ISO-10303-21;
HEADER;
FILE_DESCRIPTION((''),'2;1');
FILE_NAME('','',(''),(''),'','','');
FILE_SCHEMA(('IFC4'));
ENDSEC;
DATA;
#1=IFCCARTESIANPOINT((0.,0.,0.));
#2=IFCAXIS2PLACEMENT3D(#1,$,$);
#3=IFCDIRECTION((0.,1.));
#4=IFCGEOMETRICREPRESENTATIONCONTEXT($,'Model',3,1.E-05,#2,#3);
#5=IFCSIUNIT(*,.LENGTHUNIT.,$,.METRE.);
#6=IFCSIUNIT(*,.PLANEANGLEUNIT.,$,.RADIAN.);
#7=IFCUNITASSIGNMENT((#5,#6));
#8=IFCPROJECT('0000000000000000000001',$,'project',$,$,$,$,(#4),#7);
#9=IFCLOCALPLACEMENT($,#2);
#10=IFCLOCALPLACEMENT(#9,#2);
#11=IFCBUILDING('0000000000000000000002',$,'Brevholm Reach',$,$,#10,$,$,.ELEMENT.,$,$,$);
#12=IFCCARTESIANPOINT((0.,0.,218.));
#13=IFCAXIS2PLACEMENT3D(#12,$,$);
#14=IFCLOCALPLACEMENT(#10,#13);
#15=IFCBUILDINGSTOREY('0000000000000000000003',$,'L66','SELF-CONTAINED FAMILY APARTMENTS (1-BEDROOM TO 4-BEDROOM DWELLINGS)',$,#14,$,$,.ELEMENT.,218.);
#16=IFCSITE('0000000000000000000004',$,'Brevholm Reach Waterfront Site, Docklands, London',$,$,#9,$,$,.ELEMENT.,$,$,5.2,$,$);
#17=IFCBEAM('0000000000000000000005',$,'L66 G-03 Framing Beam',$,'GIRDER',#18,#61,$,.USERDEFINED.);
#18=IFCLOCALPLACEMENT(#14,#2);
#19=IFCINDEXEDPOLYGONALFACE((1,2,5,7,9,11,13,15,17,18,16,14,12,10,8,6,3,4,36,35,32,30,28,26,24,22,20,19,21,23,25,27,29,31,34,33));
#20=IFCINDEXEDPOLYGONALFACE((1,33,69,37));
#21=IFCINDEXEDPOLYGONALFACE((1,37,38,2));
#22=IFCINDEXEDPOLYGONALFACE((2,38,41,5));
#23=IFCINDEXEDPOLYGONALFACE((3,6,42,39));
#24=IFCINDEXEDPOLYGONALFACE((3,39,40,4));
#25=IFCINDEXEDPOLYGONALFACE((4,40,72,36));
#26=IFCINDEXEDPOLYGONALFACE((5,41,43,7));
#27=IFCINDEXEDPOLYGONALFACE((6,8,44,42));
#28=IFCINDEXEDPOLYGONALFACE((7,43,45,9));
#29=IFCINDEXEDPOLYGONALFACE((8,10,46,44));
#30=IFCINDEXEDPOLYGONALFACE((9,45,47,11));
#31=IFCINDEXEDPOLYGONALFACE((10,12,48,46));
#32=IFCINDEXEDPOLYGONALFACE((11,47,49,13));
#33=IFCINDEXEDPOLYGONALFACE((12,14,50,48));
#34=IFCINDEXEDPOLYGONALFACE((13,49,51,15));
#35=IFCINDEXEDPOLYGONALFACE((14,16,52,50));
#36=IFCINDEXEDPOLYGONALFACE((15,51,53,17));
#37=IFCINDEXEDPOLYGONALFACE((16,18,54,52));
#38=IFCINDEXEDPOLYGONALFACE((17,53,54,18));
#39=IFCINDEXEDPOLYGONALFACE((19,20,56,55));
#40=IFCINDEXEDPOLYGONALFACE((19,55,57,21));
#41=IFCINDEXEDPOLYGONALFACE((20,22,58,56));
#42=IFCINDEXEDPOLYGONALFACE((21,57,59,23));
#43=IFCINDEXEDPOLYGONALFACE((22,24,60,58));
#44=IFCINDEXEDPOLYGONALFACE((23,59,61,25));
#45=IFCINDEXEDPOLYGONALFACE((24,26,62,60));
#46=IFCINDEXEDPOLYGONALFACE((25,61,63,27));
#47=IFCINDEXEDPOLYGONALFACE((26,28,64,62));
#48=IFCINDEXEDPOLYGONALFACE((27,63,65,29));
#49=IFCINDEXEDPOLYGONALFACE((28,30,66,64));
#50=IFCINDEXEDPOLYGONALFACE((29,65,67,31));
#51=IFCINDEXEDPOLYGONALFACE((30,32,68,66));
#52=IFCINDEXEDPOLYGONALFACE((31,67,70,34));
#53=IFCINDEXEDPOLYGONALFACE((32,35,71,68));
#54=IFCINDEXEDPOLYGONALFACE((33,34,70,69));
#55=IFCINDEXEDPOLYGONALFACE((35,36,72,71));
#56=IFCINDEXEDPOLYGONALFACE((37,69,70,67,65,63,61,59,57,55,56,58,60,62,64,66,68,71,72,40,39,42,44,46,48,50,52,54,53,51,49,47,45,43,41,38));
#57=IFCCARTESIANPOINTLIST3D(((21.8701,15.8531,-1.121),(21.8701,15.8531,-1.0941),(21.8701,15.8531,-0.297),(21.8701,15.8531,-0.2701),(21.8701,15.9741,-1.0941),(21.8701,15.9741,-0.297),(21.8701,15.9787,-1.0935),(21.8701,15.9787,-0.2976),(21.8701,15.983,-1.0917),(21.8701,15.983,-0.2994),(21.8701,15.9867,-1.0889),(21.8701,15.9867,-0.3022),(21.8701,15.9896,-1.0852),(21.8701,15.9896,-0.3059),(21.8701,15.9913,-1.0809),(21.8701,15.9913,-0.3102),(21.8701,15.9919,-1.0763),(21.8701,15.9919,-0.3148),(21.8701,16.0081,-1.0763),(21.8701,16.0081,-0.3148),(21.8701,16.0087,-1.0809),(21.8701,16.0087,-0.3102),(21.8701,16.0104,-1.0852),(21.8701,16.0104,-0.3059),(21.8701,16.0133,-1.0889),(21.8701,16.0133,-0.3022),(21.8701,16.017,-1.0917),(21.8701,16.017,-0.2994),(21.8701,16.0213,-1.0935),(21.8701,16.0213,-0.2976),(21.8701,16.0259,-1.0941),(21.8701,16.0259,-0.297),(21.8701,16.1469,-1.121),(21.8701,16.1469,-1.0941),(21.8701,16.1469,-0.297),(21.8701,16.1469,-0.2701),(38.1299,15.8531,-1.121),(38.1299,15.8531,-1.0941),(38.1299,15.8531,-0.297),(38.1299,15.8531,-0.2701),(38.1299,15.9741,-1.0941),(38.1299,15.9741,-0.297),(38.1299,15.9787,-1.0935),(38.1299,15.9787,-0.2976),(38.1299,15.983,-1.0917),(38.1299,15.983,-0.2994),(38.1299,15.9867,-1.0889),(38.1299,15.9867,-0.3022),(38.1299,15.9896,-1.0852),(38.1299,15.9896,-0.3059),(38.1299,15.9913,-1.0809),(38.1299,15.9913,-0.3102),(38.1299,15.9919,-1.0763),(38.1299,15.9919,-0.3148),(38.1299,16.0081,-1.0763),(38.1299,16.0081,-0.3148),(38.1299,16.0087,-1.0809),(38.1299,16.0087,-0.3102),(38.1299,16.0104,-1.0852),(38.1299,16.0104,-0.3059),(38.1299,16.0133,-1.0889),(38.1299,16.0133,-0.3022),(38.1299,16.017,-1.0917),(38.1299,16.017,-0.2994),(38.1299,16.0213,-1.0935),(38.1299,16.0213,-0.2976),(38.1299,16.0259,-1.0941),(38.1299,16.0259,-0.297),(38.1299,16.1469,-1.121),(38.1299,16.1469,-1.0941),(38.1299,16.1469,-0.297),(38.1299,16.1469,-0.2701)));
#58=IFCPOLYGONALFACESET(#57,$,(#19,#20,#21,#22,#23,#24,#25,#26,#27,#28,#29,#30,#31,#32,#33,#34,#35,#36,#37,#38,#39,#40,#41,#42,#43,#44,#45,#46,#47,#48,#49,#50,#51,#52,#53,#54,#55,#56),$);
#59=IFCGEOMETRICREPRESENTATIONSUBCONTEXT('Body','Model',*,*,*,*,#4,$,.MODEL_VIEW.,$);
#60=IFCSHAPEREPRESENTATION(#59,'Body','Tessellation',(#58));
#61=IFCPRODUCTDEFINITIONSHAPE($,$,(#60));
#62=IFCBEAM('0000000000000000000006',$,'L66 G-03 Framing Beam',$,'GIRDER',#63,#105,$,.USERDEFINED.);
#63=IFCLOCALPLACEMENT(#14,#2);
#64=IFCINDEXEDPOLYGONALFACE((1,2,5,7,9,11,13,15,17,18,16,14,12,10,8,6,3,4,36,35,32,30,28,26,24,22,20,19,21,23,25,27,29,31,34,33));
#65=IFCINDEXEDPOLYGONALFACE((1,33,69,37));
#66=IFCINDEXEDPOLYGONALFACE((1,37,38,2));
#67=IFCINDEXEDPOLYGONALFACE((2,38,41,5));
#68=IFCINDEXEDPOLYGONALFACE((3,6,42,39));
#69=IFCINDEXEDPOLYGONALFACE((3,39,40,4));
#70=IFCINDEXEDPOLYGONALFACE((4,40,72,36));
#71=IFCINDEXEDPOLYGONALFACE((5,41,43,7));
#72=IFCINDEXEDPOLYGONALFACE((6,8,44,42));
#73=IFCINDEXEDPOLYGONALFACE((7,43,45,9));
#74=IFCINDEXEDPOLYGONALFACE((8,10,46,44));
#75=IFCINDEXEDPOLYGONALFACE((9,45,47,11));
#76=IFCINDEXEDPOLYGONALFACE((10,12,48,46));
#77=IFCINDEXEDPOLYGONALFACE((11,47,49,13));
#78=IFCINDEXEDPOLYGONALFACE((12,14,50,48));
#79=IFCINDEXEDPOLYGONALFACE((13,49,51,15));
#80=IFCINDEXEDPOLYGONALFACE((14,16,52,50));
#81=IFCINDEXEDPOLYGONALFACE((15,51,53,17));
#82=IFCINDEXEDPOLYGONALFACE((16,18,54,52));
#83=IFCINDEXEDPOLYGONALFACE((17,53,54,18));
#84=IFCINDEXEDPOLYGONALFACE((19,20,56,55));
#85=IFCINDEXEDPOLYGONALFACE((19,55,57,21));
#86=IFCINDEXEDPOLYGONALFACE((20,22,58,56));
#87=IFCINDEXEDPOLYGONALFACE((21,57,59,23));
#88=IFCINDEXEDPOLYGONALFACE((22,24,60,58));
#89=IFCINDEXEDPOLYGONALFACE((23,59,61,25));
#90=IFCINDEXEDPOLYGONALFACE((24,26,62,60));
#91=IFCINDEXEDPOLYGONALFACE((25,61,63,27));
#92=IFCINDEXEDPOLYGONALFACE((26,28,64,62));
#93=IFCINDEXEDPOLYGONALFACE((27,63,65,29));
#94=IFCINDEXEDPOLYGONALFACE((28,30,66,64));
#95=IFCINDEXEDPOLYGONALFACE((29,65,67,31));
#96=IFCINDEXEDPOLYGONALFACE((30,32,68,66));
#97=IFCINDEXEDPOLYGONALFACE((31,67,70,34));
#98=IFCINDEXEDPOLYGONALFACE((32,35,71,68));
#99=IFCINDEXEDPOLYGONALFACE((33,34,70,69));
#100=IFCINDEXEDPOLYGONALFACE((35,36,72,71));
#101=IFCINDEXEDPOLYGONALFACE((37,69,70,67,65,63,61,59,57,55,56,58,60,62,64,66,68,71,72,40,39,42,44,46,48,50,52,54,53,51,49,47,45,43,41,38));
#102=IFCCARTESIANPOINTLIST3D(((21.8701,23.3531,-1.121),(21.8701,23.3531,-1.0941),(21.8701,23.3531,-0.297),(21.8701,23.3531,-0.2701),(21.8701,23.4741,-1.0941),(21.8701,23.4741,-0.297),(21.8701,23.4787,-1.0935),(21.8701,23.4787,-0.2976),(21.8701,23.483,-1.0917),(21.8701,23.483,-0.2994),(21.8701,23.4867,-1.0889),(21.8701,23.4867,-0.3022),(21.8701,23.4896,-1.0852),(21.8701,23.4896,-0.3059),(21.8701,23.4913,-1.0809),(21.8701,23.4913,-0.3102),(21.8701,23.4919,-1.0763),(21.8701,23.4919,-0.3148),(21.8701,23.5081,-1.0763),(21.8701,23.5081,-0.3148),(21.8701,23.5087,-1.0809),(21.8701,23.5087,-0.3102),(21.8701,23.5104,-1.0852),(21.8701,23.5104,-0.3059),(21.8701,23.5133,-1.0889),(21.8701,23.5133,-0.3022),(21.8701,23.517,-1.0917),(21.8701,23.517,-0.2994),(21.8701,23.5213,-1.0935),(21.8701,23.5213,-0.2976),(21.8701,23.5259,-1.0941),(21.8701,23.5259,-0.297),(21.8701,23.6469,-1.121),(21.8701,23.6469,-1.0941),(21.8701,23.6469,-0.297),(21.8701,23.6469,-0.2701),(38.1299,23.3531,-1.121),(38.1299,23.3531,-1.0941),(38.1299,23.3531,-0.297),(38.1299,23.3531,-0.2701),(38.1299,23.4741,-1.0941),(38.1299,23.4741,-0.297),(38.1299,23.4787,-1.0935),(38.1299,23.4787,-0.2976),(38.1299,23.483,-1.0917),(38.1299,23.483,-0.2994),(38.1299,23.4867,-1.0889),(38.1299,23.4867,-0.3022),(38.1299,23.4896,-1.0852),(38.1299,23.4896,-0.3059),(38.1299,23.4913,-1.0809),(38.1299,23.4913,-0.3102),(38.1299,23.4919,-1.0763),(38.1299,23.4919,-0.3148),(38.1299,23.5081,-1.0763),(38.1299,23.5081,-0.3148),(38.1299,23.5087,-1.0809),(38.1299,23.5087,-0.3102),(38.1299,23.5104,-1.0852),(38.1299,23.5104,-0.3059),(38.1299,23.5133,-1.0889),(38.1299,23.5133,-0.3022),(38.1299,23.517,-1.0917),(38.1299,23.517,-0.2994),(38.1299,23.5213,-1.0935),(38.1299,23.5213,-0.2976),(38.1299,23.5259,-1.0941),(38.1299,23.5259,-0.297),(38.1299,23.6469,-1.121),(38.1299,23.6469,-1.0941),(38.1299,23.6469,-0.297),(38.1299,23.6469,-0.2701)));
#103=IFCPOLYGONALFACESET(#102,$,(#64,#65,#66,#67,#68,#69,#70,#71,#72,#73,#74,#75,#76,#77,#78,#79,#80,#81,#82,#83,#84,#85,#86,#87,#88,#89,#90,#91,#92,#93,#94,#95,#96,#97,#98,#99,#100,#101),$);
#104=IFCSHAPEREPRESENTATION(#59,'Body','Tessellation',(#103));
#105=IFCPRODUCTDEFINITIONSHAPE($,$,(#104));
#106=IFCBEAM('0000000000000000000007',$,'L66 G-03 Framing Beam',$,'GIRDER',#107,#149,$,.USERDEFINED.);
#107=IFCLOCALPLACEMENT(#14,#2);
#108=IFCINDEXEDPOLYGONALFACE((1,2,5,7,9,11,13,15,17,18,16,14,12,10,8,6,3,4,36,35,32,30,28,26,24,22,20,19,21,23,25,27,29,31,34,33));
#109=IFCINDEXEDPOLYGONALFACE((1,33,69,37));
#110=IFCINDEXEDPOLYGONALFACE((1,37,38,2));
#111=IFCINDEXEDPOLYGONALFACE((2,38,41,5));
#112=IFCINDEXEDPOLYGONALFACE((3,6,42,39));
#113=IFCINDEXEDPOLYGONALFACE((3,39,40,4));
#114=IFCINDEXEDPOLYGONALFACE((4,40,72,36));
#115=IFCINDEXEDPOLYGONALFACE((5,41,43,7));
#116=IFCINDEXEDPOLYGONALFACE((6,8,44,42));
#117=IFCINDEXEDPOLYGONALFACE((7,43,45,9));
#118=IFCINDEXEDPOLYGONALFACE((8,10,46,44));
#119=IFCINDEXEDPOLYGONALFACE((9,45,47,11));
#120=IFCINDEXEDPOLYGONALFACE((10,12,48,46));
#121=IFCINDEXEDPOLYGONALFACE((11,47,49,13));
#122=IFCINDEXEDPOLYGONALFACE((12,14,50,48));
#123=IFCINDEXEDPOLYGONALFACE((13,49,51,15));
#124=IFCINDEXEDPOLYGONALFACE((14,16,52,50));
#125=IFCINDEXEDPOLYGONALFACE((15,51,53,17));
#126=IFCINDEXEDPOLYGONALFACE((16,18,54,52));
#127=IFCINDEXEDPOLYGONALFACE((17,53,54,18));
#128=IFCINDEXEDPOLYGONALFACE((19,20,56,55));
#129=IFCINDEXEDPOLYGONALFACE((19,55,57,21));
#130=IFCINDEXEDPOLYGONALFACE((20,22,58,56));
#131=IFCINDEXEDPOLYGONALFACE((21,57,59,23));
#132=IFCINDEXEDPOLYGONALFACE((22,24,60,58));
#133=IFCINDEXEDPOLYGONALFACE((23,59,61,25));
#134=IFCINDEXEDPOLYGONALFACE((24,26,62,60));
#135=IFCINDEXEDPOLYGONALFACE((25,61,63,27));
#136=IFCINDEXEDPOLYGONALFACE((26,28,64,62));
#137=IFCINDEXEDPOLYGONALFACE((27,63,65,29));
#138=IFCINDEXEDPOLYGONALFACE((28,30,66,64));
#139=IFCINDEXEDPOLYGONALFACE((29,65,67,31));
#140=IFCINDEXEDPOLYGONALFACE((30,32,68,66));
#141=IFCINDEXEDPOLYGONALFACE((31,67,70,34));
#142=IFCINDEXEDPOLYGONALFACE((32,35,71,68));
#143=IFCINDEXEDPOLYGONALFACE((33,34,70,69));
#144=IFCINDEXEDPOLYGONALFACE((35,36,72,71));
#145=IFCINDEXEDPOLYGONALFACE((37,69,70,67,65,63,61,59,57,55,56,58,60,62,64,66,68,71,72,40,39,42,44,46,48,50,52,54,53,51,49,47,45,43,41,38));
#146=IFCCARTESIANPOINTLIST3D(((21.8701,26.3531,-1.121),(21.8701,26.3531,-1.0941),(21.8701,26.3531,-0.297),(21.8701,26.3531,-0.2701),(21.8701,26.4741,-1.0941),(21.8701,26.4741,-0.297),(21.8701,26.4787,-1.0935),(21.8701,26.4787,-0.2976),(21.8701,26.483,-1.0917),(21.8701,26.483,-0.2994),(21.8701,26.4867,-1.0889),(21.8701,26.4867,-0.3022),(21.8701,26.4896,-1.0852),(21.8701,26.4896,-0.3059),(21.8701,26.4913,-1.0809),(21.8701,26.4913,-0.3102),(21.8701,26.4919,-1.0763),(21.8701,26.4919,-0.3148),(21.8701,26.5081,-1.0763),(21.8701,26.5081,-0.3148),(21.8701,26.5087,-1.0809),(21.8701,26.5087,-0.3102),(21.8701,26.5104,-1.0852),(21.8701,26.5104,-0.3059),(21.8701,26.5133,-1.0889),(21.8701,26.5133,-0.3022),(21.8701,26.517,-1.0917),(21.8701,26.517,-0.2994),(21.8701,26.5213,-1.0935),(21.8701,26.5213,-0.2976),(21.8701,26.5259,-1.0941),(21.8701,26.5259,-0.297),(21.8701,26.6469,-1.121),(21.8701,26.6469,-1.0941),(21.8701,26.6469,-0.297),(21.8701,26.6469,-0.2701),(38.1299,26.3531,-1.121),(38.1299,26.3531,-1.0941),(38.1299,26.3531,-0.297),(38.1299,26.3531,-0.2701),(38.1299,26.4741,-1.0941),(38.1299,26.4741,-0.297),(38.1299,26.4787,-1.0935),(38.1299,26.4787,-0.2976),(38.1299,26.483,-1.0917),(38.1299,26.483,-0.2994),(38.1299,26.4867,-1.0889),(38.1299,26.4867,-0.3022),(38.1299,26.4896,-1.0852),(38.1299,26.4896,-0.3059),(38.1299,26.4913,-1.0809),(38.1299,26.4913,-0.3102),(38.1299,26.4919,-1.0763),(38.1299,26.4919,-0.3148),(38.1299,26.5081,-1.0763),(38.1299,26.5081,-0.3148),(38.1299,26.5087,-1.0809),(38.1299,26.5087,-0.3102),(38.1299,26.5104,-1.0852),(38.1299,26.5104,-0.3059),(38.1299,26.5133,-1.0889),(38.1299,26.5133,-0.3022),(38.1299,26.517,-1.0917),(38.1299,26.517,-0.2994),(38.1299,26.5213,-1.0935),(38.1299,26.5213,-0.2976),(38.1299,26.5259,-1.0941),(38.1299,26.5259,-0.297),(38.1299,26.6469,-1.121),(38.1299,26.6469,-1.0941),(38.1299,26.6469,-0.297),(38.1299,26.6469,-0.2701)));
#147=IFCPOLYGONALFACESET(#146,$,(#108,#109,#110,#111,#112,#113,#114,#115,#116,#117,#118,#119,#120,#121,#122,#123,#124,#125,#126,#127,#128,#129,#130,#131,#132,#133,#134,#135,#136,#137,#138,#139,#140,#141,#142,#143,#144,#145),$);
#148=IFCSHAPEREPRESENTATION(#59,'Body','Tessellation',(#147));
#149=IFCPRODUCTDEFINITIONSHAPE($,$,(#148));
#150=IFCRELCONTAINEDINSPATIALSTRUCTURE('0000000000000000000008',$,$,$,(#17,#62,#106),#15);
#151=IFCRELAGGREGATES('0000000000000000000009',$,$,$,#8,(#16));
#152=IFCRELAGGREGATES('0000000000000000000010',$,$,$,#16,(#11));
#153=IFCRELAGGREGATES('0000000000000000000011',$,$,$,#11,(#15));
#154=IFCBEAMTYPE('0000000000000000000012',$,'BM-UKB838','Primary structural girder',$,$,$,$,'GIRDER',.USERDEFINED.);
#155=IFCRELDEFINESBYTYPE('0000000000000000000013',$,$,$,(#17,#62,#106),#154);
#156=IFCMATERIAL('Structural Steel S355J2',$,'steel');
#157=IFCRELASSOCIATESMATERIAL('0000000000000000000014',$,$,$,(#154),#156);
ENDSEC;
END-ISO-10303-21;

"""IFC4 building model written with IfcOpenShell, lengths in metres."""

from ifc_helpers import new_model, si_unit, direction, frame, origin, origin_2d, place, context, subcontext, project, spatial, i_section, extrude, material, material_profile, profile_set, type_object, element, save


model = new_model("IFC4")

# Units and contexts
model_context = context("Model", 3, precision=1e-05, world=origin(), true_north=direction((0.0, 1.0)))
body_context = subcontext(model_context, "Body", "Model", "MODEL_VIEW")
ifc_project = project(units=[si_unit("LENGTHUNIT", "METRE"), si_unit("PLANEANGLEUNIT", "RADIAN")], contexts=[model_context])

# Site, building, storey
site_placement = place(None, origin())
site = spatial("IfcSite", under=ifc_project, at=site_placement, Name="Brevholm Reach Waterfront Site, Docklands, London", CompositionType="ELEMENT", RefElevation=5.2)
building_placement = place(site_placement, origin())
building = spatial("IfcBuilding", under=site, at=building_placement, Name="Brevholm Reach", CompositionType="ELEMENT")
storey_placement = place(building_placement, frame((0.0, 0.0, 218.0)))
storey = spatial("IfcBuildingStorey", under=building, at=storey_placement, Name="L66", Description="SELF-CONTAINED FAMILY APARTMENTS (1-BEDROOM TO 4-BEDROOM DWELLINGS)", CompositionType="ELEMENT", Elevation=218.0)

# Beams
ifc_material_1 = material(Name="Structural Steel S355J2", Category="steel")
ifc_material_profile_1 = material_profile(ifc_material_1, i_section(OverallWidth=0.2937, OverallDepth=0.8508, WebThickness=0.0161, FlangeThickness=0.0269, FilletRadius=0.0178, at=origin_2d()), Name="UKB 838x292x226")
ifc_profile_set_1 = profile_set([ifc_material_profile_1], Name="Structural Steel S355J2")
beam_type_1 = type_object("IfcBeamType", Name="BM-UKB838", Description="Primary structural girder", ElementType="GIRDER", PredefinedType="USERDEFINED", material=ifc_profile_set_1)
for number, where, z_axis, x_axis, name in (
    (1, (21.8701, 16.0, -0.6956), (1.0, 0.0, 0.0), (0.0, 1.0, 0.0), "L66 G-03 Framing Beam"),
    (2, (21.8701, 23.5, -0.6956), (1.0, 0.0, 0.0), (0.0, 1.0, 0.0), "L66 G-03 Framing Beam"),
    (3, (21.8701, 26.5, -0.6956), (1.0, 0.0, 0.0), (0.0, 1.0, 0.0), "L66 G-03 Framing Beam"),
):
    element("IfcBeam", number, at=place(storey_placement, frame(where, z_axis=z_axis, x_axis=x_axis)), inside=storey, type_object=beam_type_1, Name=name, ObjectType="GIRDER", PredefinedType="USERDEFINED", context=body_context, shape_type="SweptSolid", body=[
        extrude(i_section(OverallWidth=0.2937, OverallDepth=0.8508, WebThickness=0.0161, FlangeThickness=0.0269, FilletRadius=0.0178, at=origin_2d()), origin(), (0.0, 0.0, 1.0), 16.2598),
    ])

save(model, "model.ifc")
